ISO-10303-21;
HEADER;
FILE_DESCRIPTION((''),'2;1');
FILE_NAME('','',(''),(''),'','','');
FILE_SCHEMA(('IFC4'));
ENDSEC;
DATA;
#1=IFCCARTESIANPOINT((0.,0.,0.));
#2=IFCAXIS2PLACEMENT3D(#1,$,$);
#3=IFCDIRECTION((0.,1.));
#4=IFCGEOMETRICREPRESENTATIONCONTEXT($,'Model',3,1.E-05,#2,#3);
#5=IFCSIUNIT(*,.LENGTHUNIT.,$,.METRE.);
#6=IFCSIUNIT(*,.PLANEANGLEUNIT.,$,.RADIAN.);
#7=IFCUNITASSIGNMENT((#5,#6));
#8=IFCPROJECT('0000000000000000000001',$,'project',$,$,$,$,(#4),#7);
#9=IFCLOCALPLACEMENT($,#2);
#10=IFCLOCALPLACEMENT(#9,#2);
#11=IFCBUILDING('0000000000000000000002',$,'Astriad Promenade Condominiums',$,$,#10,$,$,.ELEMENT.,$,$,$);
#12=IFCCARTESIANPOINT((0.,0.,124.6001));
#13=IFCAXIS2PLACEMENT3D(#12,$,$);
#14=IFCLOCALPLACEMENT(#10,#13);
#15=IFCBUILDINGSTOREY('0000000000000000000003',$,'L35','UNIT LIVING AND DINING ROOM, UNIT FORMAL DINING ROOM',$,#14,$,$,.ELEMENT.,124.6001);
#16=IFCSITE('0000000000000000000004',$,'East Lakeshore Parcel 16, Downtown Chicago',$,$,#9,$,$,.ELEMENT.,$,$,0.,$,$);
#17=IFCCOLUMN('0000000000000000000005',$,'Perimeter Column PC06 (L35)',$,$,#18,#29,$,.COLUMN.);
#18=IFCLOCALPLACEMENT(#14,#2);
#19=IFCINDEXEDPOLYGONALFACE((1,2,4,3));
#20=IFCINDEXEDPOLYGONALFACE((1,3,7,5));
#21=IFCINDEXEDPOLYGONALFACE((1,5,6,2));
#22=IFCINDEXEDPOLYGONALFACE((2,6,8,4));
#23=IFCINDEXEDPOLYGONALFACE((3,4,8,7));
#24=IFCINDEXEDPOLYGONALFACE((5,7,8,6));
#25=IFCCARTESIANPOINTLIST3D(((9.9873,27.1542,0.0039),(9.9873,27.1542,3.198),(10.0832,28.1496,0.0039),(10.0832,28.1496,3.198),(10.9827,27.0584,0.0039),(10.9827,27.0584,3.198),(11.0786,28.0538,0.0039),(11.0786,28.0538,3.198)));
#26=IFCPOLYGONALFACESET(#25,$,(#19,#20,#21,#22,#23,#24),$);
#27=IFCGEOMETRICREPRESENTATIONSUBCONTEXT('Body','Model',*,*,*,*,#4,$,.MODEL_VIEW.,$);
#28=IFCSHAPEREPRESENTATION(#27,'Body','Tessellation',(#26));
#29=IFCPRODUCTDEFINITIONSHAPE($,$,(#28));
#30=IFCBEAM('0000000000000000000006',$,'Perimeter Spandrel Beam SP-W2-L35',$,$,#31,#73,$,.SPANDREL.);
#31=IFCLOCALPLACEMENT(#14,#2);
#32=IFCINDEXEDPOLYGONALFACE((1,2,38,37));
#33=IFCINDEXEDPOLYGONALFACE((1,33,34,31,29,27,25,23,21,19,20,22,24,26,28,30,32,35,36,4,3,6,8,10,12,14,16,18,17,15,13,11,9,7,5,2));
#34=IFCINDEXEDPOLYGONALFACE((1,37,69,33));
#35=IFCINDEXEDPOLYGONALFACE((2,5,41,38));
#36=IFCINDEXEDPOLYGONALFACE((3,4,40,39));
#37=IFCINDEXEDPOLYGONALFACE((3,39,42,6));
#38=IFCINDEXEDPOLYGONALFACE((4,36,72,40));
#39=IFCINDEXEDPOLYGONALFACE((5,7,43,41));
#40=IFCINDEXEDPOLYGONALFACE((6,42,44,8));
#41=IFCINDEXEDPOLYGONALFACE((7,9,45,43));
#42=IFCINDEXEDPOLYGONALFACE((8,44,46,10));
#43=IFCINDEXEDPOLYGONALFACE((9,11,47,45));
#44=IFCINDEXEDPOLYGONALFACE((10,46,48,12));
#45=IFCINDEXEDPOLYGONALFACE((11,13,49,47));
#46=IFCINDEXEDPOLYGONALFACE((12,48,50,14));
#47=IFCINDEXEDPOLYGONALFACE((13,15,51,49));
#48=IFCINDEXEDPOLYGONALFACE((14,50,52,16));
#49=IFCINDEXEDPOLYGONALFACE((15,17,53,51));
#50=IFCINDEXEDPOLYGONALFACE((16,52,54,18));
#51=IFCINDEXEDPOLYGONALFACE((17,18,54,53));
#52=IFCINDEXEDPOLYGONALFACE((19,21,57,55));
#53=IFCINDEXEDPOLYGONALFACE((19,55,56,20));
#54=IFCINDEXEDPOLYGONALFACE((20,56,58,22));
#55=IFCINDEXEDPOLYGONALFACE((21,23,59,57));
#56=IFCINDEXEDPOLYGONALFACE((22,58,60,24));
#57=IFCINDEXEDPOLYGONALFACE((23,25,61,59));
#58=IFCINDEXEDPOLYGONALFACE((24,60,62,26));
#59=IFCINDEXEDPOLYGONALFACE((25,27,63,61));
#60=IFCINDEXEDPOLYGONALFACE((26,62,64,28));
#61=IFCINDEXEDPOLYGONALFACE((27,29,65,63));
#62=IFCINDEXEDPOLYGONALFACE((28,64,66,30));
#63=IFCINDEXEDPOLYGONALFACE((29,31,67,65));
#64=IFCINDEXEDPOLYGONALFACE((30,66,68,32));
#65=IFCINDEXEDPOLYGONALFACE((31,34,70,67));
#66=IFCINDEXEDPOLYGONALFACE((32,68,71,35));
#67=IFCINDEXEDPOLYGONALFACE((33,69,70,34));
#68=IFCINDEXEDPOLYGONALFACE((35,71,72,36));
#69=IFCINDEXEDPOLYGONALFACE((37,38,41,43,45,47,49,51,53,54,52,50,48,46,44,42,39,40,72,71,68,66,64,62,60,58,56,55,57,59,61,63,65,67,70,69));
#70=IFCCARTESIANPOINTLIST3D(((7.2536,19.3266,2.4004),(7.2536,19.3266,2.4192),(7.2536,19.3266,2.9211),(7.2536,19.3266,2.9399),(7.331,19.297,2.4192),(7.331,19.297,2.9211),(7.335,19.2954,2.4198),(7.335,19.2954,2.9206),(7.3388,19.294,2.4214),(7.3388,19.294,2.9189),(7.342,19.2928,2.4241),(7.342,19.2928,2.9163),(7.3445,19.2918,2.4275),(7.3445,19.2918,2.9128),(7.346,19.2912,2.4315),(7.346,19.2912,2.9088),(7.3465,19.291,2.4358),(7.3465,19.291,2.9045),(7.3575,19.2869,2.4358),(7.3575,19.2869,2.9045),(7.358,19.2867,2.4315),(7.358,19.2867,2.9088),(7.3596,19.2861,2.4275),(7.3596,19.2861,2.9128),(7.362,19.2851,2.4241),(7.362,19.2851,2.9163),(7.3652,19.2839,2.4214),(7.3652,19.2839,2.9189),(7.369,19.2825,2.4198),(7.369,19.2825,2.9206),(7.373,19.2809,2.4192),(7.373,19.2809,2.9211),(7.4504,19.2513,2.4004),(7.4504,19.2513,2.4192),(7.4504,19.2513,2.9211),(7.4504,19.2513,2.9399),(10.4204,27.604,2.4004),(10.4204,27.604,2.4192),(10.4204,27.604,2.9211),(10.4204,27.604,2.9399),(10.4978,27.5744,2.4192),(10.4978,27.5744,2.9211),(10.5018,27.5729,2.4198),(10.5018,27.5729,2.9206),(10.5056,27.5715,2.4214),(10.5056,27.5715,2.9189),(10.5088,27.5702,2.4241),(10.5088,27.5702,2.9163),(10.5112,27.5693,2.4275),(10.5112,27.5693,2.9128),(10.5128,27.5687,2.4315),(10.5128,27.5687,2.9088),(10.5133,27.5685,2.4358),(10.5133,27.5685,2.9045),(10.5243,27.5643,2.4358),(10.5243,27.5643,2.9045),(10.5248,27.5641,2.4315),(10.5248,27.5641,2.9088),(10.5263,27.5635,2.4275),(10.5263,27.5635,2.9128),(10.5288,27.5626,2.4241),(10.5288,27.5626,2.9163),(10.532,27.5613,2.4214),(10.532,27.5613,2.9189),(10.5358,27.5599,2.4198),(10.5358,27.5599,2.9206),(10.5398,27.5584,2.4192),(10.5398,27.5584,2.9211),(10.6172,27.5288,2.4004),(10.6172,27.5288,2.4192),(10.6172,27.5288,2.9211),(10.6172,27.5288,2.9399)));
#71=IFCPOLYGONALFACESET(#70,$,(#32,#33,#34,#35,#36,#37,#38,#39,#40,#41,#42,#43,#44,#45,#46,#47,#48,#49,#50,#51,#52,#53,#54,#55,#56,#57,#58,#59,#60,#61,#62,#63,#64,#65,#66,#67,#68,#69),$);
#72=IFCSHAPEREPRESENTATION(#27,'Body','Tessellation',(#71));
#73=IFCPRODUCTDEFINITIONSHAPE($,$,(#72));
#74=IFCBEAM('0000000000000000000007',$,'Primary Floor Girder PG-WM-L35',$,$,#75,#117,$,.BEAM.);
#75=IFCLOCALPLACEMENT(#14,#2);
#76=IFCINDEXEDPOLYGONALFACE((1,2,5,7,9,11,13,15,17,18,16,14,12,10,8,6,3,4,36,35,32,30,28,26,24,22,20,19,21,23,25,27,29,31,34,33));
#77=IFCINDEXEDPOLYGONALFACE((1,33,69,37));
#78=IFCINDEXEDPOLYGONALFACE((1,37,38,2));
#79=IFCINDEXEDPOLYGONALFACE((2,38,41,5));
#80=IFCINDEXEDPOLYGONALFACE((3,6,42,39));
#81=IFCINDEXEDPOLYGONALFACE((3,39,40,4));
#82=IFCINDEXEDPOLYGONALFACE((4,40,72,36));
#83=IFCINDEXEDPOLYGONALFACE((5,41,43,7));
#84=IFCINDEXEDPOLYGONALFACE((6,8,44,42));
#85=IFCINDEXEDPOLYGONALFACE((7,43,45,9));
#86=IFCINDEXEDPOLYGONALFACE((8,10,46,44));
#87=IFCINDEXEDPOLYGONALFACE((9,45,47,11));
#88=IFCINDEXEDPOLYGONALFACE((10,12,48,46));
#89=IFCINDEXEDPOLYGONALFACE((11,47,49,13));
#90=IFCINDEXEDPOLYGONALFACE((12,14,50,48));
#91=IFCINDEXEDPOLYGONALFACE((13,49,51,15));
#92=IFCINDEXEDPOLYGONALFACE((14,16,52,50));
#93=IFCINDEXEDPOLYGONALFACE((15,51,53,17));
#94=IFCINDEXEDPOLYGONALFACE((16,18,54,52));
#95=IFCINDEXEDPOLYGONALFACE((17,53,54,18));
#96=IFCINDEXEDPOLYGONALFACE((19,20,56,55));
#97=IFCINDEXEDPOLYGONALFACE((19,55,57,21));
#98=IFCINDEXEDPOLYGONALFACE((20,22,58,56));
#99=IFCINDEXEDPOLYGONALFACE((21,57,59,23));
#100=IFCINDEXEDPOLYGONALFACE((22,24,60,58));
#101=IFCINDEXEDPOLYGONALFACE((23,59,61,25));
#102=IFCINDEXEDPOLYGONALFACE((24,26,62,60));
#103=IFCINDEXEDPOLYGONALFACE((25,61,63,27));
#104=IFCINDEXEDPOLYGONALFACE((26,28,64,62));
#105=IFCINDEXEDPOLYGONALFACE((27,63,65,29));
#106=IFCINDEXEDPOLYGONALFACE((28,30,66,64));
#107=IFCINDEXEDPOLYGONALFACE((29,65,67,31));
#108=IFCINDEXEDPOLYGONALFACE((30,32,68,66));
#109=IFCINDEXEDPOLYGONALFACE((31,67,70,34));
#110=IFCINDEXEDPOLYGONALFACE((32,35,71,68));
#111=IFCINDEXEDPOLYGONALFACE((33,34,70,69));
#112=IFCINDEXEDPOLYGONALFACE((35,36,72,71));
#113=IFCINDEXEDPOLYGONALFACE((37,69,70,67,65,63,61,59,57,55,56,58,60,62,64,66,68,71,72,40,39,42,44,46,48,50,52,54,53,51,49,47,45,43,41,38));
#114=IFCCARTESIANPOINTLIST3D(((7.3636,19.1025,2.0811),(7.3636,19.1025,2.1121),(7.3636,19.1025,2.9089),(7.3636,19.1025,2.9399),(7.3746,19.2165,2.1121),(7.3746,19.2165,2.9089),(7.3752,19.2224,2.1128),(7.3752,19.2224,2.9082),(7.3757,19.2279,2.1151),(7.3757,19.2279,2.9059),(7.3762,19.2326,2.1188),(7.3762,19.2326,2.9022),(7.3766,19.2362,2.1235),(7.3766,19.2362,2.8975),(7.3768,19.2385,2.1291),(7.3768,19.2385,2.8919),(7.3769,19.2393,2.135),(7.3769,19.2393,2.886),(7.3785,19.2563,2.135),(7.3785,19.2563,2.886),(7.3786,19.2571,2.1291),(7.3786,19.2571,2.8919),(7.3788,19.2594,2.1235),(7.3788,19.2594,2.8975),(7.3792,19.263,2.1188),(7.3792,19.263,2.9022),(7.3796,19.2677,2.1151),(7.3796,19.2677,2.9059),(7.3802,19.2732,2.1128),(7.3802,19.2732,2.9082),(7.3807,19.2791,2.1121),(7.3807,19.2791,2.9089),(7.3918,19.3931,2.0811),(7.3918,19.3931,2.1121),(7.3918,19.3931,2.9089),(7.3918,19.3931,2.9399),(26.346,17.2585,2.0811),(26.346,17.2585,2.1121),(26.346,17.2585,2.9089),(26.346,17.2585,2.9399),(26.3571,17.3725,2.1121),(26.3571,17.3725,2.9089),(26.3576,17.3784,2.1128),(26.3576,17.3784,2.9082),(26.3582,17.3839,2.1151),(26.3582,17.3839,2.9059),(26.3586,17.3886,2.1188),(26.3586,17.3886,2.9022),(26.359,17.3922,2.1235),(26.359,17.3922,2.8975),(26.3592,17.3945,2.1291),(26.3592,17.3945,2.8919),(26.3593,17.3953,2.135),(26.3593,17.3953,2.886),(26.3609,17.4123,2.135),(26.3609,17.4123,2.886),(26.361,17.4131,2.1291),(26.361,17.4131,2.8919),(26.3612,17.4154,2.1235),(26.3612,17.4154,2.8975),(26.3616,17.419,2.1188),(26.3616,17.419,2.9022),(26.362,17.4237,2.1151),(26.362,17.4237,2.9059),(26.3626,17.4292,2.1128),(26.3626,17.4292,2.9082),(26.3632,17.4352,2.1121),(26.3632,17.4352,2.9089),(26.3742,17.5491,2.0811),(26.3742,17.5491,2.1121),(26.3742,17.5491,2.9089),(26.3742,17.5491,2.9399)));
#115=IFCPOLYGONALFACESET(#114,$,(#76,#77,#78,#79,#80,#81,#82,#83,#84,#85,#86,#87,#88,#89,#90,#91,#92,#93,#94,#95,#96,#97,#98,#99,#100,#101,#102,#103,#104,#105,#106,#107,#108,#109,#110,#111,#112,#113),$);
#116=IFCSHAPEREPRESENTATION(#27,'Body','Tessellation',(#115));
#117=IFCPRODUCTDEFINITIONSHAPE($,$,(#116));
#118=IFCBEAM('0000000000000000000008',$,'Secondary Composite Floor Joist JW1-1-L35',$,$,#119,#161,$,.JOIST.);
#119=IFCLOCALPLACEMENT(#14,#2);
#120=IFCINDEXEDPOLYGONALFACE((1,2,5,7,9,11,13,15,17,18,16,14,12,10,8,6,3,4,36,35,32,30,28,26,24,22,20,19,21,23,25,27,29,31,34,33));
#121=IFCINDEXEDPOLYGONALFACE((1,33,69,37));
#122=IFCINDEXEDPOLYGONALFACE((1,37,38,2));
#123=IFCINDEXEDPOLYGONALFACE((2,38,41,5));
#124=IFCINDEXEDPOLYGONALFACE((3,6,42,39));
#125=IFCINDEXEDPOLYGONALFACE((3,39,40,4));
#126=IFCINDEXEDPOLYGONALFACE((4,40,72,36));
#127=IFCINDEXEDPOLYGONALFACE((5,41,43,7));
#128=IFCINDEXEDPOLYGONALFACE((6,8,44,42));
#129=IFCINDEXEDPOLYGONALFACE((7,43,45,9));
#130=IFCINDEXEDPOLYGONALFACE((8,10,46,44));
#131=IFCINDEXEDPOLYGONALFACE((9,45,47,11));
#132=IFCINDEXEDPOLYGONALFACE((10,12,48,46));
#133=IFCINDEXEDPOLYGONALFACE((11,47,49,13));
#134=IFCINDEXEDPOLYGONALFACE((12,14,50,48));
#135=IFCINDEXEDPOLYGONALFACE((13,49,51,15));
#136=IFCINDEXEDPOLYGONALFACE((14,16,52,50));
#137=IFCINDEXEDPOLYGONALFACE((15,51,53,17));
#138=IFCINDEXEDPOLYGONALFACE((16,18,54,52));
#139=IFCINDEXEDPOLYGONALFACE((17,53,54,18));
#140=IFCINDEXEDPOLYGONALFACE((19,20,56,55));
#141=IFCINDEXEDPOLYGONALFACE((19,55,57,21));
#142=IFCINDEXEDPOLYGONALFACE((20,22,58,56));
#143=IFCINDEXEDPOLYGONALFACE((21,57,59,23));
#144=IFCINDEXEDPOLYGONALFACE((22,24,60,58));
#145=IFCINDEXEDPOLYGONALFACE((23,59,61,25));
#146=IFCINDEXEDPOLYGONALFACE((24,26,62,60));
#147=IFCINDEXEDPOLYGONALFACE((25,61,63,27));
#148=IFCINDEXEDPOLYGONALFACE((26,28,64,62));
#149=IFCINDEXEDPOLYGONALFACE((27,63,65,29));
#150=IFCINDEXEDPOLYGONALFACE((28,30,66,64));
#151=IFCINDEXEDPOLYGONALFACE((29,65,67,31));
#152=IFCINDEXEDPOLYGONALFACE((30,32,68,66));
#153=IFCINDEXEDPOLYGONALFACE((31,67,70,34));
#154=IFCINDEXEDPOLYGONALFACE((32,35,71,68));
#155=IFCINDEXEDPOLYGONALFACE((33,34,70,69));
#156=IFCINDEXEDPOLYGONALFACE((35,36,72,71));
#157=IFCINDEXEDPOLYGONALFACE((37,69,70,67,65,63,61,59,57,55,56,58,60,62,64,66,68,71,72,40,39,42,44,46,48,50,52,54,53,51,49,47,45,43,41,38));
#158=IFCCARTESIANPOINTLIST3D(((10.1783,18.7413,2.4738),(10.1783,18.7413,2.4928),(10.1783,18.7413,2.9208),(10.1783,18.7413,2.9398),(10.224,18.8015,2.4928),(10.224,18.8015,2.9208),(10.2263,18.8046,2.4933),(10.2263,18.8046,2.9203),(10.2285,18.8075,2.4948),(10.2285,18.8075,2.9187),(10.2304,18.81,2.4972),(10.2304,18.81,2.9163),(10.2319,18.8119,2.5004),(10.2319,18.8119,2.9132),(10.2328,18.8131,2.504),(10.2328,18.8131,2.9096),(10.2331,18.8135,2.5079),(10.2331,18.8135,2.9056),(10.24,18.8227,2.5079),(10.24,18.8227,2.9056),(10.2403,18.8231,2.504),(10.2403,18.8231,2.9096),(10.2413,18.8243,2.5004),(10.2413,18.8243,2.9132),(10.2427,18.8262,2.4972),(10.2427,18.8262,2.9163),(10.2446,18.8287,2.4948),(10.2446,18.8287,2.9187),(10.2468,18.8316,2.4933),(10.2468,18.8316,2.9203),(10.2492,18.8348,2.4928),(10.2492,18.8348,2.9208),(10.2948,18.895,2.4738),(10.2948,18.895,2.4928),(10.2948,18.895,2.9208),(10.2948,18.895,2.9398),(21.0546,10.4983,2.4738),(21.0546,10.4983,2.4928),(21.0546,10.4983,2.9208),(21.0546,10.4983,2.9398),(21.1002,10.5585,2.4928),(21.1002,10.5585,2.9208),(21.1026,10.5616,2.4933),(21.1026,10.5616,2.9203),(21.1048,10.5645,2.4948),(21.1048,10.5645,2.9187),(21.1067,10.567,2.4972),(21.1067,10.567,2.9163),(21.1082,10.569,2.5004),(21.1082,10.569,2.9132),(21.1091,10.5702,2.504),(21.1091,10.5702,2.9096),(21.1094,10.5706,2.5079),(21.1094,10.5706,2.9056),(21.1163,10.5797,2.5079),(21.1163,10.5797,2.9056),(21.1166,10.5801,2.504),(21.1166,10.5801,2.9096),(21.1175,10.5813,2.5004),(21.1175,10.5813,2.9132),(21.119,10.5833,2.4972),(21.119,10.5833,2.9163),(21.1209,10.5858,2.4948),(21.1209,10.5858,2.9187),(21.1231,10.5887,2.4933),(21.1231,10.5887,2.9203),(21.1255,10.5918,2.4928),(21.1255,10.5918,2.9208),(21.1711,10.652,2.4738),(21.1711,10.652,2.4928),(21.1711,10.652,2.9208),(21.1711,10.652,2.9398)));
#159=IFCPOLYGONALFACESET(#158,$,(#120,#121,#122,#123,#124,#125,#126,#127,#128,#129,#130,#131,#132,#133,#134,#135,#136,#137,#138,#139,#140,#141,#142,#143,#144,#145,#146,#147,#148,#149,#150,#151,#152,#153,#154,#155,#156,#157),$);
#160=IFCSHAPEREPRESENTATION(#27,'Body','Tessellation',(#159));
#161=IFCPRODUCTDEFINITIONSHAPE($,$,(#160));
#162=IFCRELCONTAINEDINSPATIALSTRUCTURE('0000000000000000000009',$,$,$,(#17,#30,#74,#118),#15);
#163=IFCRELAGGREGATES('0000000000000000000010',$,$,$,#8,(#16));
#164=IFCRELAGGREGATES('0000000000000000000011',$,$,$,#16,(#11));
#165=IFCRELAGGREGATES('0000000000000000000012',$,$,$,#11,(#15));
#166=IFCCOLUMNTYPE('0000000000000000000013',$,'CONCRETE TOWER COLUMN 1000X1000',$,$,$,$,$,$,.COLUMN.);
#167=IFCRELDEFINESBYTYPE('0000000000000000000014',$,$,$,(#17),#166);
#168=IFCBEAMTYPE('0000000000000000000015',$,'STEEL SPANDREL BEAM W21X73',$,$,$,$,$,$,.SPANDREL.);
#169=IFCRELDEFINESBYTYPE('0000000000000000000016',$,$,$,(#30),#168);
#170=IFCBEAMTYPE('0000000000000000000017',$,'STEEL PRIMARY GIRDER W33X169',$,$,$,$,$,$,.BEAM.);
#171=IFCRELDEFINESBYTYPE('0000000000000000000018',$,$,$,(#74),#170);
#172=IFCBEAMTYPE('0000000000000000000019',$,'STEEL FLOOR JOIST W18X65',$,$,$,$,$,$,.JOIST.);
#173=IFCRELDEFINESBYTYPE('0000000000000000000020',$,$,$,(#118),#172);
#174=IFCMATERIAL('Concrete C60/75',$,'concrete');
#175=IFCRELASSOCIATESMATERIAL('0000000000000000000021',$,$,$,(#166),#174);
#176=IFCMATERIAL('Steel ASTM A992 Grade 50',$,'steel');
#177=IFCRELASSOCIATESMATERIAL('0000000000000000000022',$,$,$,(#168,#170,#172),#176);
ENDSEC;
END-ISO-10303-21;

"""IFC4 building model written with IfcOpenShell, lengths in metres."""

from ifc_helpers import new_model, si_unit, direction, frame, origin, origin_2d, place, context, subcontext, project, spatial, rectangle, i_section, extrude, source, transform, mapped, material, material_profile, profile_set, type_object, type_shapes, element, save


model = new_model("IFC4")

# Units and contexts
model_context = context("Model", 3, precision=1e-05, world=origin(), true_north=direction((0.0, 1.0)))
body_context = subcontext(model_context, "Body", "Model", "MODEL_VIEW")
ifc_project = project(units=[si_unit("LENGTHUNIT", "METRE"), si_unit("PLANEANGLEUNIT", "RADIAN")], contexts=[model_context])

# Site, building, storey
site_placement = place(None, origin())
site = spatial("IfcSite", under=ifc_project, at=site_placement, Name="East Lakeshore Parcel 16, Downtown Chicago", CompositionType="ELEMENT", RefElevation=0.0)
building_placement = place(site_placement, origin())
building = spatial("IfcBuilding", under=site, at=building_placement, Name="Astriad Promenade Condominiums", CompositionType="ELEMENT")
storey_placement = place(building_placement, frame((0.0, 0.0, 124.6001)))
storey = spatial("IfcBuildingStorey", under=building, at=storey_placement, Name="L35", Description="UNIT LIVING AND DINING ROOM, UNIT FORMAL DINING ROOM", CompositionType="ELEMENT", Elevation=124.6001)

# Column
ifc_material_1 = material(Name="Concrete C60/75", Category="concrete")
ifc_material_profile_1 = material_profile(ifc_material_1, rectangle(XDim=1.0, YDim=1.0, at=origin_2d()), Name="RC-COL-1000X1000")
ifc_profile_set_1 = profile_set([ifc_material_profile_1], Name="Concrete C60/75")
column_type = type_object("IfcColumnType", Name="CONCRETE TOWER COLUMN 1000X1000", PredefinedType="COLUMN", material=ifc_profile_set_1)
shared_shape_1 = source(origin(), body_context, "Body", "SweptSolid", [
    extrude(rectangle(XDim=1.0, YDim=1.0, at=origin_2d()), origin(), (0.0, 0.0, 1.0), 3.1941),
])
type_shapes(column_type, [shared_shape_1])
column_placement = place(storey_placement, frame((10.533, 27.604, 0.0039), z_axis=(0.0, 0.0, 1.0), x_axis=(0.995396, -0.095846, 0.0)))
element("IfcColumn", 1, at=column_placement, inside=storey, type_object=column_type, Name="Perimeter Column PC06 (L35)", PredefinedType="COLUMN", context=body_context, shape_type="MappedRepresentation", body=[
    mapped(shared_shape_1, transform((0.0, 0.0, 0.0), scale=1.0)),
])

# Beams
ifc_material_2 = material(Name="Steel ASTM A992 Grade 50", Category="steel")
ifc_material_profile_2 = material_profile(ifc_material_2, i_section(OverallWidth=0.2107, OverallDepth=0.5396, WebThickness=0.0117, FlangeThickness=0.0188, FilletRadius=0.0166, at=origin_2d()), Name="W21X73")
ifc_profile_set_2 = profile_set([ifc_material_profile_2], Name="Steel ASTM A992 Grade 50")
beam_type_1 = type_object("IfcBeamType", Name="STEEL SPANDREL BEAM W21X73", PredefinedType="SPANDREL", material=ifc_profile_set_2)
shared_shape_2 = source(origin(), body_context, "Body", "SweptSolid", [
    extrude(i_section(OverallWidth=0.2107, OverallDepth=0.5396, WebThickness=0.0117, FlangeThickness=0.0188, FilletRadius=0.0166, at=origin_2d()), origin(), (0.0, 0.0, 1.0), 8.8625),
])
type_shapes(beam_type_1, [shared_shape_2])
beam_1_placement = place(storey_placement, frame((10.5188, 27.5664, 2.6702), z_axis=(-0.357323, -0.933981, 0.0), x_axis=(0.933981, -0.357323, 0.0)))
element("IfcBeam", 2, at=beam_1_placement, inside=storey, type_object=beam_type_1, Name="Perimeter Spandrel Beam SP-W2-L35", PredefinedType="SPANDREL", context=body_context, shape_type="MappedRepresentation", body=[
    mapped(shared_shape_2, transform((0.0, 0.0, 0.0), scale=1.0)),
])
ifc_material_profile_3 = material_profile(ifc_material_2, i_section(OverallWidth=0.292, OverallDepth=0.8589, WebThickness=0.0171, FlangeThickness=0.031, FilletRadius=0.0229, at=origin_2d()), Name="W33X169")
ifc_profile_set_3 = profile_set([ifc_material_profile_3], Name="Steel ASTM A992 Grade 50")
beam_type_2 = type_object("IfcBeamType", Name="STEEL PRIMARY GIRDER W33X169", PredefinedType="BEAM", material=ifc_profile_set_3)
shared_shape_3 = source(origin(), body_context, "Body", "SweptSolid", [
    extrude(i_section(OverallWidth=0.292, OverallDepth=0.8589, WebThickness=0.0171, FlangeThickness=0.031, FilletRadius=0.0229, at=origin_2d()), origin(), (0.0, 0.0, 1.0), 19.0718),
])
type_shapes(beam_type_2, [shared_shape_3])
beam_2_placement = place(storey_placement, frame((7.3777, 19.2478, 2.5105), z_axis=(0.995315, -0.096687, 0.0), x_axis=(0.096687, 0.995315, 0.0)))
element("IfcBeam", 3, at=beam_2_placement, inside=storey, type_object=beam_type_2, Name="Primary Floor Girder PG-WM-L35", PredefinedType="BEAM", context=body_context, shape_type="MappedRepresentation", body=[
    mapped(shared_shape_3, transform((0.0, 0.0, 0.0), scale=1.0)),
])
ifc_material_profile_4 = material_profile(ifc_material_2, i_section(OverallWidth=0.1929, OverallDepth=0.4661, WebThickness=0.0115, FlangeThickness=0.019, FilletRadius=0.0151, at=origin_2d()), Name="W18X65")
ifc_profile_set_4 = profile_set([ifc_material_profile_4], Name="Steel ASTM A992 Grade 50")
beam_type_3 = type_object("IfcBeamType", Name="STEEL FLOOR JOIST W18X65", PredefinedType="JOIST", material=ifc_profile_set_4)
shared_shape_4 = source(origin(), body_context, "Body", "SweptSolid", [
    extrude(i_section(OverallWidth=0.1929, OverallDepth=0.4661, WebThickness=0.0115, FlangeThickness=0.019, FilletRadius=0.0151, at=origin_2d()), origin(), (0.0, 0.0, 1.0), 13.647),
])
beam_3_placement = place(storey_placement, frame((10.2366, 18.8181, 2.7068), z_axis=(0.796974, -0.604014, 0.0), x_axis=(0.604014, 0.796974, 0.0)))
element("IfcBeam", 4, at=beam_3_placement, inside=storey, type_object=beam_type_3, Name="Secondary Composite Floor Joist JW1-1-L35", PredefinedType="JOIST", context=body_context, shape_type="MappedRepresentation", body=[
    mapped(shared_shape_4, transform((0.0, 0.0, 0.0), scale=1.0)),
])

save(model, "model.ifc")
